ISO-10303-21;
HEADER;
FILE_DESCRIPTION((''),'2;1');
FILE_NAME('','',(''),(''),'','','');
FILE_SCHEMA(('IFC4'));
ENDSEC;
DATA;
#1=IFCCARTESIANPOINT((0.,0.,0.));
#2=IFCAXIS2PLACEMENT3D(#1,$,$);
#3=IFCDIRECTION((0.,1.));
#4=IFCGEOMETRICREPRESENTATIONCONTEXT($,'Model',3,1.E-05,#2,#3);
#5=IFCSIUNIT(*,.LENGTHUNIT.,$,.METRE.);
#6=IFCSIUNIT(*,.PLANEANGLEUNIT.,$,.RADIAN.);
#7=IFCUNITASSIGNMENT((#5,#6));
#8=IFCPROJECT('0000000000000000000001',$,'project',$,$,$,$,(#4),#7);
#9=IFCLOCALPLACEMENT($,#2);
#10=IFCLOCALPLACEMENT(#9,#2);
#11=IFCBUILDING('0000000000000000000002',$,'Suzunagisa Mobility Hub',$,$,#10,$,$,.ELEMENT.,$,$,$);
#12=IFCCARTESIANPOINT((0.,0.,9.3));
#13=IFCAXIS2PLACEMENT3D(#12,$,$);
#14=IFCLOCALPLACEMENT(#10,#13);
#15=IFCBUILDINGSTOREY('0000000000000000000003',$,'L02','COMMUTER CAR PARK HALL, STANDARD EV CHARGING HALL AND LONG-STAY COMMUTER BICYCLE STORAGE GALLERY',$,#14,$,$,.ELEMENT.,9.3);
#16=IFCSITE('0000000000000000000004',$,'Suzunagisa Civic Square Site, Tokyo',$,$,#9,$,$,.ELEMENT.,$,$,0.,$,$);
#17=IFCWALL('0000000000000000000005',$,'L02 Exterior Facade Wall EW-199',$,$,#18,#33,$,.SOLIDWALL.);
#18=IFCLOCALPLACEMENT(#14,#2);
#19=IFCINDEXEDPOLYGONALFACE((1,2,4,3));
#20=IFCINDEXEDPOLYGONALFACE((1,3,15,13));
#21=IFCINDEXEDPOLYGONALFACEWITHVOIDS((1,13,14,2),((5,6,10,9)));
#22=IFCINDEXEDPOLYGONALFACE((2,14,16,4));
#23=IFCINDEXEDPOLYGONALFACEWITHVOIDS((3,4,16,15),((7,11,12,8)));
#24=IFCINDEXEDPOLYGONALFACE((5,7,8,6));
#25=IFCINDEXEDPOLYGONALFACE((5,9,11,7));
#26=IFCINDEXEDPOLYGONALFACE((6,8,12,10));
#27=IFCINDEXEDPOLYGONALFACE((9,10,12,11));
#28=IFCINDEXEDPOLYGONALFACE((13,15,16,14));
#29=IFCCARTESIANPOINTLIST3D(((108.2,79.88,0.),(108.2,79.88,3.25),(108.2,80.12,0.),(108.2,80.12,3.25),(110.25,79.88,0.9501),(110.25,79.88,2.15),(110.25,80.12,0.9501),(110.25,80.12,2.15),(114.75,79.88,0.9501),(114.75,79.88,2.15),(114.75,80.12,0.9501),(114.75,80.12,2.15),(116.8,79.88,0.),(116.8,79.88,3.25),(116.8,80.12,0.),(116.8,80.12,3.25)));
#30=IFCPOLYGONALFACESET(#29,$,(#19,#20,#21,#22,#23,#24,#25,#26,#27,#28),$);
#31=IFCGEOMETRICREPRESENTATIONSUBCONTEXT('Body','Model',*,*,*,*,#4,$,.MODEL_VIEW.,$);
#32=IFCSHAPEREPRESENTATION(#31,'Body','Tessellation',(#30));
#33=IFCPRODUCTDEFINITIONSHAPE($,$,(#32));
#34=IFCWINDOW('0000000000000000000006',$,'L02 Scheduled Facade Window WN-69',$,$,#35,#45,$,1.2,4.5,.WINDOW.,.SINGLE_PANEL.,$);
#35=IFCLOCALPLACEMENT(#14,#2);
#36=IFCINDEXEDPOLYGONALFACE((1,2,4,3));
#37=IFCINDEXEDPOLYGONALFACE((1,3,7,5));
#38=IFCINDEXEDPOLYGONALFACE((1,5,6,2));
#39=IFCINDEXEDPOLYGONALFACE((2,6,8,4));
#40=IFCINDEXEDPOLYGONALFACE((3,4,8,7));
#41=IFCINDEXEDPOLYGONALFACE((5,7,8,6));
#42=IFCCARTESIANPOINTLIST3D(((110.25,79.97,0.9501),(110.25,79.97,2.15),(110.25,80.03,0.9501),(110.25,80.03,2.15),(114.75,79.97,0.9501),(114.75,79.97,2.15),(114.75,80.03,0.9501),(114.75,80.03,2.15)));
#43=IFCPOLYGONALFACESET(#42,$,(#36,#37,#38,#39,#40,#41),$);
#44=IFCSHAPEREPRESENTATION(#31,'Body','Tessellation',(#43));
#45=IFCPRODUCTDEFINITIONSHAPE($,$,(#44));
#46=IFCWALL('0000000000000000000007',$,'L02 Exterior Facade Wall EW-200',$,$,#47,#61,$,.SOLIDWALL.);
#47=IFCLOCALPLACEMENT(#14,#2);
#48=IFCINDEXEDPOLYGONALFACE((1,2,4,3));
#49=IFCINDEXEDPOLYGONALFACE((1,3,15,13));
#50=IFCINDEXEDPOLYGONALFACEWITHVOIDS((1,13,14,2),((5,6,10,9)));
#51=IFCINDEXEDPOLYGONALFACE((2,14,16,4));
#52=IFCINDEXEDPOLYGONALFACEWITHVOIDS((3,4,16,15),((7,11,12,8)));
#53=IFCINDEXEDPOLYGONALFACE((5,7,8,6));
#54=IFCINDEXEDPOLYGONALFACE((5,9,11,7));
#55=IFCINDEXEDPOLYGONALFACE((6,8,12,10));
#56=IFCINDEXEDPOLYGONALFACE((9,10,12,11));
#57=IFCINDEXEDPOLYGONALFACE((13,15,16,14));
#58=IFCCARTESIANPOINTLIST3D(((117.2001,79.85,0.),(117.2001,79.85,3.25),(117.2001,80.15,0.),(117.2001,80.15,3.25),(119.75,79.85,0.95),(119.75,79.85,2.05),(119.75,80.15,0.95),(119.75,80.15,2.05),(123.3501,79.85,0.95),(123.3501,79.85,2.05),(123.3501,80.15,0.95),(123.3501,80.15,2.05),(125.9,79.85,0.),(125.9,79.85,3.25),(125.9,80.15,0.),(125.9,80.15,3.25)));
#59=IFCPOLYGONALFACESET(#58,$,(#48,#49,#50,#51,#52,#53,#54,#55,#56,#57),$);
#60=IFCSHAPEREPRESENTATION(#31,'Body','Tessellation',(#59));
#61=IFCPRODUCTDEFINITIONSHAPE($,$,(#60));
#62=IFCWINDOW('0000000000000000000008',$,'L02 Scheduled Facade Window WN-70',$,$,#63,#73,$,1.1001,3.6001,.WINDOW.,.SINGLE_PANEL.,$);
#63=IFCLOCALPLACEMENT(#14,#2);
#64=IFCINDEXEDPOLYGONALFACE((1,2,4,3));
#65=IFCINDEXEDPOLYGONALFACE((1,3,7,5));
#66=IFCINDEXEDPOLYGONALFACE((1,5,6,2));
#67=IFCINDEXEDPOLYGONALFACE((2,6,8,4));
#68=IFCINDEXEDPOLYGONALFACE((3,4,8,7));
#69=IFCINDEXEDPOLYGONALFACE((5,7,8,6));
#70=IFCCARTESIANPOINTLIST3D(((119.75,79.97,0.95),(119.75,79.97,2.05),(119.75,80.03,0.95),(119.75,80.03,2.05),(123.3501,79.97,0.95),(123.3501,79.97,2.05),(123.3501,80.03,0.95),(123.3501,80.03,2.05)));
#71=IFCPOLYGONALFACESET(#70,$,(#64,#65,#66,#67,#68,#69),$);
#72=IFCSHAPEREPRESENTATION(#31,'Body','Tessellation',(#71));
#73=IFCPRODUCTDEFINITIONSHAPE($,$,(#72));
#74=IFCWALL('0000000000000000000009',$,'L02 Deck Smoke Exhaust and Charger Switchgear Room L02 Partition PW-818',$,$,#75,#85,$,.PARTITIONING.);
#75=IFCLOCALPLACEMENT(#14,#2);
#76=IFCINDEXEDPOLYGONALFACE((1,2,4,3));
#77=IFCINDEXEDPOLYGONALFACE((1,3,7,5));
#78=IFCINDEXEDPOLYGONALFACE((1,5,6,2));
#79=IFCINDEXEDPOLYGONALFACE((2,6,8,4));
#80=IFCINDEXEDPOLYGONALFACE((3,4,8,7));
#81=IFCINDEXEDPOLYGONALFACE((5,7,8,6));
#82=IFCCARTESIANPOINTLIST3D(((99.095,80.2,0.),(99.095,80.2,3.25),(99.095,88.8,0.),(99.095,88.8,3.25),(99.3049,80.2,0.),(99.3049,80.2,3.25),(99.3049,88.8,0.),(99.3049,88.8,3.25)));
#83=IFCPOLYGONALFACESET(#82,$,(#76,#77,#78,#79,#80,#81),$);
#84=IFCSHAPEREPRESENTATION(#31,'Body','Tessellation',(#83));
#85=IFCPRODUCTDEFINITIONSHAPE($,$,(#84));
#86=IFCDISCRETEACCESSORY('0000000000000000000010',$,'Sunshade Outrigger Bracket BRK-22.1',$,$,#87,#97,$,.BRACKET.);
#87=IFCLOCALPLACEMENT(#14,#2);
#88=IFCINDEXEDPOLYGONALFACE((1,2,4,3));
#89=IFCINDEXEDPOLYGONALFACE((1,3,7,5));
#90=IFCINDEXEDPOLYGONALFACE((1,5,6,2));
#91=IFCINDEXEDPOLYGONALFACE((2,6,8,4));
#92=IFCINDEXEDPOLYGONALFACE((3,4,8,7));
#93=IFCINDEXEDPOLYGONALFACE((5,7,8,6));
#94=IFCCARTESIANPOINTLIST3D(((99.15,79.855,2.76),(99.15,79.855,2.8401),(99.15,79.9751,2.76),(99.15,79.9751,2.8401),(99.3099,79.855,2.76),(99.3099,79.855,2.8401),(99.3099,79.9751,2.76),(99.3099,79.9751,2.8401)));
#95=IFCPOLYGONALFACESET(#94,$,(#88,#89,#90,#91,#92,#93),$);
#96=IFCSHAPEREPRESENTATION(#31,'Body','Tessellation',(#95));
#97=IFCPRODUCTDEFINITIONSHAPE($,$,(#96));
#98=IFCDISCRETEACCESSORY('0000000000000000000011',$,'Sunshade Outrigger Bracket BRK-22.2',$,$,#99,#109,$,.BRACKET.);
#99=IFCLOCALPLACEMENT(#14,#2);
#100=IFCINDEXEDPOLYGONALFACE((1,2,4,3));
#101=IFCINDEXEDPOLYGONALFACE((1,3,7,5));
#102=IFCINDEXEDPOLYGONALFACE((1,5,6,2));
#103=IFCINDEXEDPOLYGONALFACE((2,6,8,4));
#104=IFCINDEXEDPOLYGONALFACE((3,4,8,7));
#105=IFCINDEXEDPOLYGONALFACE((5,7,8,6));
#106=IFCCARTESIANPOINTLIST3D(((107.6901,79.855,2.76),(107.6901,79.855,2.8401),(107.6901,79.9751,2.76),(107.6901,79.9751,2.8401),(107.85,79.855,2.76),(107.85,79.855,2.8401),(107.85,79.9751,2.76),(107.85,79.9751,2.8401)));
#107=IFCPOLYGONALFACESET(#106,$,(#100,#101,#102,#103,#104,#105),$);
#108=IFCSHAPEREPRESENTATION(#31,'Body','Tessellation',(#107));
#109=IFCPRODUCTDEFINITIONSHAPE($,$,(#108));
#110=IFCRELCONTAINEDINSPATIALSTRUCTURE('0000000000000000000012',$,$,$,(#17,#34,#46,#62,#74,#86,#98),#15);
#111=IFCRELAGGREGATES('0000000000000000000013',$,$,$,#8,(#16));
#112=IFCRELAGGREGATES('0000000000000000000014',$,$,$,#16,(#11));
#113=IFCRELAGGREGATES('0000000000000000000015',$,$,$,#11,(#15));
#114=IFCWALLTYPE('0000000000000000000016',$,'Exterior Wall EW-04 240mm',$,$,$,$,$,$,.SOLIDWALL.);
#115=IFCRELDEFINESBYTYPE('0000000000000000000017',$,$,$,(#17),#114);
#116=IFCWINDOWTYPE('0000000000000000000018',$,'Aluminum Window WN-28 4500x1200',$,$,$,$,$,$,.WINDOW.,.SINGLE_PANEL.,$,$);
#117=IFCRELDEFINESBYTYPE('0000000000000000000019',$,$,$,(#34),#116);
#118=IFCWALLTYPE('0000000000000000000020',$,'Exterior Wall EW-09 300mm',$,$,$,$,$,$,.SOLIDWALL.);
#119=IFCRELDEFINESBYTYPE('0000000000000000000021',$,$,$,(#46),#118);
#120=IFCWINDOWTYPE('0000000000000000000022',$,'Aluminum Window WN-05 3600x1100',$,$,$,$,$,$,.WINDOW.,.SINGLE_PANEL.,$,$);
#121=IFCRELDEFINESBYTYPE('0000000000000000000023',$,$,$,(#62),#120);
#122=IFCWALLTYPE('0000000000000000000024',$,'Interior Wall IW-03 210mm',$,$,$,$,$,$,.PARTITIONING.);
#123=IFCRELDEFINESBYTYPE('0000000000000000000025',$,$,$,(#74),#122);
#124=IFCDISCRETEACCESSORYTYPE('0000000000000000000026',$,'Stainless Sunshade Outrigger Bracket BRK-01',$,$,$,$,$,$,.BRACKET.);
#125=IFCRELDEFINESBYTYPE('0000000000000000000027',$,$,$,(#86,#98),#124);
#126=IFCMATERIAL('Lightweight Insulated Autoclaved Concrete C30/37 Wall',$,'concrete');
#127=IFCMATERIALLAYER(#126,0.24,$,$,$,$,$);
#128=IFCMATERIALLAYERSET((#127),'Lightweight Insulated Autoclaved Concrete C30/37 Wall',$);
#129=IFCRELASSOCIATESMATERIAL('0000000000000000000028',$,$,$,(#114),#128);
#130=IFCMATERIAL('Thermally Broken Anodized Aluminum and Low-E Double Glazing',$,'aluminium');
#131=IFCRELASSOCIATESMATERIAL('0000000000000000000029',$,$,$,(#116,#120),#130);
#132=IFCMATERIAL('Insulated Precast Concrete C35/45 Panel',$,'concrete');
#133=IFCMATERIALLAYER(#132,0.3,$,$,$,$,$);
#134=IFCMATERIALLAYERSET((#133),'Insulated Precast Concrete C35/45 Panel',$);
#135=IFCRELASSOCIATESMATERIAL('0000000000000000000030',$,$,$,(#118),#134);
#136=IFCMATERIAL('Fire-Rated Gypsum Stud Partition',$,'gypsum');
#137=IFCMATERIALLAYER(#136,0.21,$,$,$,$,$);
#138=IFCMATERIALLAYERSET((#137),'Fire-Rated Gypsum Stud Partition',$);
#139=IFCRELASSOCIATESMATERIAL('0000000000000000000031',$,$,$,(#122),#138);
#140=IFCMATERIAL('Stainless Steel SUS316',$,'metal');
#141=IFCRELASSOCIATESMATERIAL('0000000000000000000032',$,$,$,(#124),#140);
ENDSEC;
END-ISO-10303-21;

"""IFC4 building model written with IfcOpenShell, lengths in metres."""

from ifc_helpers import new_model, si_unit, direction, frame, frame_2d, origin, origin_2d, place, context, subcontext, project, spatial, rectangle, extrude, material, layer, layer_set, type_object, element, fill, save


model = new_model("IFC4")

# Units and contexts
model_context = context("Model", 3, precision=1e-05, world=origin(), true_north=direction((0.0, 1.0)))
body_context = subcontext(model_context, "Body", "Model", "MODEL_VIEW")
ifc_project = project(units=[si_unit("LENGTHUNIT", "METRE"), si_unit("PLANEANGLEUNIT", "RADIAN")], contexts=[model_context])

# Site, building, storey
site_placement = place(None, origin())
site = spatial("IfcSite", under=ifc_project, at=site_placement, Name="Suzunagisa Civic Square Site, Tokyo", CompositionType="ELEMENT", RefElevation=0.0)
building_placement = place(site_placement, origin())
building = spatial("IfcBuilding", under=site, at=building_placement, Name="Suzunagisa Mobility Hub", CompositionType="ELEMENT")
storey_placement = place(building_placement, frame((0.0, 0.0, 9.3)))
storey = spatial("IfcBuildingStorey", under=building, at=storey_placement, Name="L02", Description="COMMUTER CAR PARK HALL, STANDARD EV CHARGING HALL AND LONG-STAY COMMUTER BICYCLE STORAGE GALLERY", CompositionType="ELEMENT", Elevation=9.3)

# Walls, openings, windows
ifc_material_1 = material(Name="Lightweight Insulated Autoclaved Concrete C30/37 Wall", Category="concrete")
ifc_layer_1 = layer(ifc_material_1, 0.24)
ifc_layer_set_1 = layer_set([ifc_layer_1], Name="Lightweight Insulated Autoclaved Concrete C30/37 Wall")
wall_type_1 = type_object("IfcWallType", Name="Exterior Wall EW-04 240mm", PredefinedType="SOLIDWALL", material=ifc_layer_set_1)
wall_1_placement = place(storey_placement, frame((108.2, 80.0, 0.0), z_axis=(0.0, 0.0, 1.0), x_axis=(1.0, 0.0, 0.0)))
wall_1 = element("IfcWall", 1, at=wall_1_placement, inside=storey, type_object=wall_type_1, Name="L02 Exterior Facade Wall EW-199", PredefinedType="SOLIDWALL", context=body_context, shape_type="SweptSolid", body=[
    extrude(rectangle(XDim=8.6001, YDim=0.24, at=frame_2d((4.3, 0.0))), origin(), (0.0, 0.0, 1.0), 3.25),
])
opening_1_placement = place(wall_1_placement, frame((2.05, 0.0, 0.95)))
opening_1 = element("IfcOpeningElement", 2, at=opening_1_placement, cuts=wall_1, PredefinedType="OPENING", context=body_context, shape_type="SweptSolid", body=[
    extrude(rectangle(XDim=4.5, YDim=1.2, at=frame_2d((2.25, 0.6001))), frame((0.0, 0.1309, 0.0), z_axis=(0.0, -1.0, 0.0), x_axis=(1.0, 0.0, 0.0)), (0.0, 0.0, 1.0), 0.262),
])
ifc_material_2 = material(Name="Thermally Broken Anodized Aluminum and Low-E Double Glazing", Category="aluminium")
window_type_1 = type_object("IfcWindowType", Name="Aluminum Window WN-28 4500x1200", PartitioningType="SINGLE_PANEL", PredefinedType="WINDOW", material=ifc_material_2)
window_1_placement = place(opening_1_placement, origin())
window_1 = element("IfcWindow", 3, at=window_1_placement, inside=storey, type_object=window_type_1, Name="L02 Scheduled Facade Window WN-69", OverallHeight=1.2, OverallWidth=4.5, PartitioningType="SINGLE_PANEL", PredefinedType="WINDOW", context=body_context, shape_type="SweptSolid", body=[
    extrude(rectangle(XDim=4.5, YDim=1.2, at=frame_2d((2.25, 0.6001))), frame((0.0, 0.03, 0.0), z_axis=(0.0, -1.0, 0.0), x_axis=(1.0, 0.0, 0.0)), (0.0, 0.0, 1.0), 0.0601),
])
fill(opening_1, window_1)
ifc_material_3 = material(Name="Insulated Precast Concrete C35/45 Panel", Category="concrete")
ifc_layer_2 = layer(ifc_material_3, 0.3)
ifc_layer_set_2 = layer_set([ifc_layer_2], Name="Insulated Precast Concrete C35/45 Panel")
wall_type_2 = type_object("IfcWallType", Name="Exterior Wall EW-09 300mm", PredefinedType="SOLIDWALL", material=ifc_layer_set_2)
wall_2_placement = place(storey_placement, frame((117.2, 80.0, 0.0), z_axis=(0.0, 0.0, 1.0), x_axis=(1.0, 0.0, 0.0)))
wall_2 = element("IfcWall", 4, at=wall_2_placement, inside=storey, type_object=wall_type_2, Name="L02 Exterior Facade Wall EW-200", PredefinedType="SOLIDWALL", context=body_context, shape_type="SweptSolid", body=[
    extrude(rectangle(XDim=8.7, YDim=0.3, at=frame_2d((4.3501, 0.0))), origin(), (0.0, 0.0, 1.0), 3.25),
])
opening_2_placement = place(wall_2_placement, frame((2.55, 0.0, 0.95)))
opening_2 = element("IfcOpeningElement", 5, at=opening_2_placement, cuts=wall_2, PredefinedType="OPENING", context=body_context, shape_type="SweptSolid", body=[
    extrude(rectangle(XDim=3.6001, YDim=1.1001, at=frame_2d((1.8, 0.55))), frame((0.0, 0.1611, 0.0), z_axis=(0.0, -1.0, 0.0), x_axis=(1.0, 0.0, 0.0)), (0.0, 0.0, 1.0), 0.322),
])
window_type_2 = type_object("IfcWindowType", Name="Aluminum Window WN-05 3600x1100", PartitioningType="SINGLE_PANEL", PredefinedType="WINDOW", material=ifc_material_2)
window_2_placement = place(opening_2_placement, origin())
window_2 = element("IfcWindow", 6, at=window_2_placement, inside=storey, type_object=window_type_2, Name="L02 Scheduled Facade Window WN-70", OverallHeight=1.1001, OverallWidth=3.6001, PartitioningType="SINGLE_PANEL", PredefinedType="WINDOW", context=body_context, shape_type="SweptSolid", body=[
    extrude(rectangle(XDim=3.6001, YDim=1.1001, at=frame_2d((1.8, 0.55))), frame((0.0, 0.03, 0.0), z_axis=(0.0, -1.0, 0.0), x_axis=(1.0, 0.0, 0.0)), (0.0, 0.0, 1.0), 0.0601),
])
fill(opening_2, window_2)

# Wall
ifc_material_4 = material(Name="Fire-Rated Gypsum Stud Partition", Category="gypsum")
ifc_layer_3 = layer(ifc_material_4, 0.21)
ifc_layer_set_3 = layer_set([ifc_layer_3], Name="Fire-Rated Gypsum Stud Partition")
wall_type_3 = type_object("IfcWallType", Name="Interior Wall IW-03 210mm", PredefinedType="PARTITIONING", material=ifc_layer_set_3)
wall_3_placement = place(storey_placement, frame((99.2, 80.2, 0.0), z_axis=(0.0, 0.0, 1.0), x_axis=(0.0, 1.0, 0.0)))
element("IfcWall", 7, at=wall_3_placement, inside=storey, type_object=wall_type_3, Name="L02 Deck Smoke Exhaust and Charger Switchgear Room L02 Partition PW-818", PredefinedType="PARTITIONING", context=body_context, shape_type="SweptSolid", body=[
    extrude(rectangle(XDim=8.6001, YDim=0.21, at=frame_2d((4.3, 0.0))), origin(), (0.0, 0.0, 1.0), 3.25),
])

# Discrete accessories
ifc_material_5 = material(Name="Stainless Steel SUS316", Category="metal")
discrete_accessory_type = type_object("IfcDiscreteAccessoryType", Name="Stainless Sunshade Outrigger Bracket BRK-01", PredefinedType="BRACKET", material=ifc_material_5)
for number, where, z_axis, x_axis, name in (
    (8, (99.23, 79.915, 2.76), (0.0, 0.0, 1.0), (1.0, 0.0, 0.0), "Sunshade Outrigger Bracket BRK-22.1"),
    (9, (107.77, 79.915, 2.76), (0.0, 0.0, 1.0), (1.0, 0.0, 0.0), "Sunshade Outrigger Bracket BRK-22.2"),
):
    element("IfcDiscreteAccessory", number, at=place(storey_placement, frame(where, z_axis=z_axis, x_axis=x_axis)), inside=storey, type_object=discrete_accessory_type, Name=name, PredefinedType="BRACKET", context=body_context, shape_type="SweptSolid", body=[
        extrude(rectangle(XDim=0.1599, YDim=0.1201, at=origin_2d()), origin(), (0.0, 0.0, 1.0), 0.0801),
    ])

save(model, "model.ifc")
